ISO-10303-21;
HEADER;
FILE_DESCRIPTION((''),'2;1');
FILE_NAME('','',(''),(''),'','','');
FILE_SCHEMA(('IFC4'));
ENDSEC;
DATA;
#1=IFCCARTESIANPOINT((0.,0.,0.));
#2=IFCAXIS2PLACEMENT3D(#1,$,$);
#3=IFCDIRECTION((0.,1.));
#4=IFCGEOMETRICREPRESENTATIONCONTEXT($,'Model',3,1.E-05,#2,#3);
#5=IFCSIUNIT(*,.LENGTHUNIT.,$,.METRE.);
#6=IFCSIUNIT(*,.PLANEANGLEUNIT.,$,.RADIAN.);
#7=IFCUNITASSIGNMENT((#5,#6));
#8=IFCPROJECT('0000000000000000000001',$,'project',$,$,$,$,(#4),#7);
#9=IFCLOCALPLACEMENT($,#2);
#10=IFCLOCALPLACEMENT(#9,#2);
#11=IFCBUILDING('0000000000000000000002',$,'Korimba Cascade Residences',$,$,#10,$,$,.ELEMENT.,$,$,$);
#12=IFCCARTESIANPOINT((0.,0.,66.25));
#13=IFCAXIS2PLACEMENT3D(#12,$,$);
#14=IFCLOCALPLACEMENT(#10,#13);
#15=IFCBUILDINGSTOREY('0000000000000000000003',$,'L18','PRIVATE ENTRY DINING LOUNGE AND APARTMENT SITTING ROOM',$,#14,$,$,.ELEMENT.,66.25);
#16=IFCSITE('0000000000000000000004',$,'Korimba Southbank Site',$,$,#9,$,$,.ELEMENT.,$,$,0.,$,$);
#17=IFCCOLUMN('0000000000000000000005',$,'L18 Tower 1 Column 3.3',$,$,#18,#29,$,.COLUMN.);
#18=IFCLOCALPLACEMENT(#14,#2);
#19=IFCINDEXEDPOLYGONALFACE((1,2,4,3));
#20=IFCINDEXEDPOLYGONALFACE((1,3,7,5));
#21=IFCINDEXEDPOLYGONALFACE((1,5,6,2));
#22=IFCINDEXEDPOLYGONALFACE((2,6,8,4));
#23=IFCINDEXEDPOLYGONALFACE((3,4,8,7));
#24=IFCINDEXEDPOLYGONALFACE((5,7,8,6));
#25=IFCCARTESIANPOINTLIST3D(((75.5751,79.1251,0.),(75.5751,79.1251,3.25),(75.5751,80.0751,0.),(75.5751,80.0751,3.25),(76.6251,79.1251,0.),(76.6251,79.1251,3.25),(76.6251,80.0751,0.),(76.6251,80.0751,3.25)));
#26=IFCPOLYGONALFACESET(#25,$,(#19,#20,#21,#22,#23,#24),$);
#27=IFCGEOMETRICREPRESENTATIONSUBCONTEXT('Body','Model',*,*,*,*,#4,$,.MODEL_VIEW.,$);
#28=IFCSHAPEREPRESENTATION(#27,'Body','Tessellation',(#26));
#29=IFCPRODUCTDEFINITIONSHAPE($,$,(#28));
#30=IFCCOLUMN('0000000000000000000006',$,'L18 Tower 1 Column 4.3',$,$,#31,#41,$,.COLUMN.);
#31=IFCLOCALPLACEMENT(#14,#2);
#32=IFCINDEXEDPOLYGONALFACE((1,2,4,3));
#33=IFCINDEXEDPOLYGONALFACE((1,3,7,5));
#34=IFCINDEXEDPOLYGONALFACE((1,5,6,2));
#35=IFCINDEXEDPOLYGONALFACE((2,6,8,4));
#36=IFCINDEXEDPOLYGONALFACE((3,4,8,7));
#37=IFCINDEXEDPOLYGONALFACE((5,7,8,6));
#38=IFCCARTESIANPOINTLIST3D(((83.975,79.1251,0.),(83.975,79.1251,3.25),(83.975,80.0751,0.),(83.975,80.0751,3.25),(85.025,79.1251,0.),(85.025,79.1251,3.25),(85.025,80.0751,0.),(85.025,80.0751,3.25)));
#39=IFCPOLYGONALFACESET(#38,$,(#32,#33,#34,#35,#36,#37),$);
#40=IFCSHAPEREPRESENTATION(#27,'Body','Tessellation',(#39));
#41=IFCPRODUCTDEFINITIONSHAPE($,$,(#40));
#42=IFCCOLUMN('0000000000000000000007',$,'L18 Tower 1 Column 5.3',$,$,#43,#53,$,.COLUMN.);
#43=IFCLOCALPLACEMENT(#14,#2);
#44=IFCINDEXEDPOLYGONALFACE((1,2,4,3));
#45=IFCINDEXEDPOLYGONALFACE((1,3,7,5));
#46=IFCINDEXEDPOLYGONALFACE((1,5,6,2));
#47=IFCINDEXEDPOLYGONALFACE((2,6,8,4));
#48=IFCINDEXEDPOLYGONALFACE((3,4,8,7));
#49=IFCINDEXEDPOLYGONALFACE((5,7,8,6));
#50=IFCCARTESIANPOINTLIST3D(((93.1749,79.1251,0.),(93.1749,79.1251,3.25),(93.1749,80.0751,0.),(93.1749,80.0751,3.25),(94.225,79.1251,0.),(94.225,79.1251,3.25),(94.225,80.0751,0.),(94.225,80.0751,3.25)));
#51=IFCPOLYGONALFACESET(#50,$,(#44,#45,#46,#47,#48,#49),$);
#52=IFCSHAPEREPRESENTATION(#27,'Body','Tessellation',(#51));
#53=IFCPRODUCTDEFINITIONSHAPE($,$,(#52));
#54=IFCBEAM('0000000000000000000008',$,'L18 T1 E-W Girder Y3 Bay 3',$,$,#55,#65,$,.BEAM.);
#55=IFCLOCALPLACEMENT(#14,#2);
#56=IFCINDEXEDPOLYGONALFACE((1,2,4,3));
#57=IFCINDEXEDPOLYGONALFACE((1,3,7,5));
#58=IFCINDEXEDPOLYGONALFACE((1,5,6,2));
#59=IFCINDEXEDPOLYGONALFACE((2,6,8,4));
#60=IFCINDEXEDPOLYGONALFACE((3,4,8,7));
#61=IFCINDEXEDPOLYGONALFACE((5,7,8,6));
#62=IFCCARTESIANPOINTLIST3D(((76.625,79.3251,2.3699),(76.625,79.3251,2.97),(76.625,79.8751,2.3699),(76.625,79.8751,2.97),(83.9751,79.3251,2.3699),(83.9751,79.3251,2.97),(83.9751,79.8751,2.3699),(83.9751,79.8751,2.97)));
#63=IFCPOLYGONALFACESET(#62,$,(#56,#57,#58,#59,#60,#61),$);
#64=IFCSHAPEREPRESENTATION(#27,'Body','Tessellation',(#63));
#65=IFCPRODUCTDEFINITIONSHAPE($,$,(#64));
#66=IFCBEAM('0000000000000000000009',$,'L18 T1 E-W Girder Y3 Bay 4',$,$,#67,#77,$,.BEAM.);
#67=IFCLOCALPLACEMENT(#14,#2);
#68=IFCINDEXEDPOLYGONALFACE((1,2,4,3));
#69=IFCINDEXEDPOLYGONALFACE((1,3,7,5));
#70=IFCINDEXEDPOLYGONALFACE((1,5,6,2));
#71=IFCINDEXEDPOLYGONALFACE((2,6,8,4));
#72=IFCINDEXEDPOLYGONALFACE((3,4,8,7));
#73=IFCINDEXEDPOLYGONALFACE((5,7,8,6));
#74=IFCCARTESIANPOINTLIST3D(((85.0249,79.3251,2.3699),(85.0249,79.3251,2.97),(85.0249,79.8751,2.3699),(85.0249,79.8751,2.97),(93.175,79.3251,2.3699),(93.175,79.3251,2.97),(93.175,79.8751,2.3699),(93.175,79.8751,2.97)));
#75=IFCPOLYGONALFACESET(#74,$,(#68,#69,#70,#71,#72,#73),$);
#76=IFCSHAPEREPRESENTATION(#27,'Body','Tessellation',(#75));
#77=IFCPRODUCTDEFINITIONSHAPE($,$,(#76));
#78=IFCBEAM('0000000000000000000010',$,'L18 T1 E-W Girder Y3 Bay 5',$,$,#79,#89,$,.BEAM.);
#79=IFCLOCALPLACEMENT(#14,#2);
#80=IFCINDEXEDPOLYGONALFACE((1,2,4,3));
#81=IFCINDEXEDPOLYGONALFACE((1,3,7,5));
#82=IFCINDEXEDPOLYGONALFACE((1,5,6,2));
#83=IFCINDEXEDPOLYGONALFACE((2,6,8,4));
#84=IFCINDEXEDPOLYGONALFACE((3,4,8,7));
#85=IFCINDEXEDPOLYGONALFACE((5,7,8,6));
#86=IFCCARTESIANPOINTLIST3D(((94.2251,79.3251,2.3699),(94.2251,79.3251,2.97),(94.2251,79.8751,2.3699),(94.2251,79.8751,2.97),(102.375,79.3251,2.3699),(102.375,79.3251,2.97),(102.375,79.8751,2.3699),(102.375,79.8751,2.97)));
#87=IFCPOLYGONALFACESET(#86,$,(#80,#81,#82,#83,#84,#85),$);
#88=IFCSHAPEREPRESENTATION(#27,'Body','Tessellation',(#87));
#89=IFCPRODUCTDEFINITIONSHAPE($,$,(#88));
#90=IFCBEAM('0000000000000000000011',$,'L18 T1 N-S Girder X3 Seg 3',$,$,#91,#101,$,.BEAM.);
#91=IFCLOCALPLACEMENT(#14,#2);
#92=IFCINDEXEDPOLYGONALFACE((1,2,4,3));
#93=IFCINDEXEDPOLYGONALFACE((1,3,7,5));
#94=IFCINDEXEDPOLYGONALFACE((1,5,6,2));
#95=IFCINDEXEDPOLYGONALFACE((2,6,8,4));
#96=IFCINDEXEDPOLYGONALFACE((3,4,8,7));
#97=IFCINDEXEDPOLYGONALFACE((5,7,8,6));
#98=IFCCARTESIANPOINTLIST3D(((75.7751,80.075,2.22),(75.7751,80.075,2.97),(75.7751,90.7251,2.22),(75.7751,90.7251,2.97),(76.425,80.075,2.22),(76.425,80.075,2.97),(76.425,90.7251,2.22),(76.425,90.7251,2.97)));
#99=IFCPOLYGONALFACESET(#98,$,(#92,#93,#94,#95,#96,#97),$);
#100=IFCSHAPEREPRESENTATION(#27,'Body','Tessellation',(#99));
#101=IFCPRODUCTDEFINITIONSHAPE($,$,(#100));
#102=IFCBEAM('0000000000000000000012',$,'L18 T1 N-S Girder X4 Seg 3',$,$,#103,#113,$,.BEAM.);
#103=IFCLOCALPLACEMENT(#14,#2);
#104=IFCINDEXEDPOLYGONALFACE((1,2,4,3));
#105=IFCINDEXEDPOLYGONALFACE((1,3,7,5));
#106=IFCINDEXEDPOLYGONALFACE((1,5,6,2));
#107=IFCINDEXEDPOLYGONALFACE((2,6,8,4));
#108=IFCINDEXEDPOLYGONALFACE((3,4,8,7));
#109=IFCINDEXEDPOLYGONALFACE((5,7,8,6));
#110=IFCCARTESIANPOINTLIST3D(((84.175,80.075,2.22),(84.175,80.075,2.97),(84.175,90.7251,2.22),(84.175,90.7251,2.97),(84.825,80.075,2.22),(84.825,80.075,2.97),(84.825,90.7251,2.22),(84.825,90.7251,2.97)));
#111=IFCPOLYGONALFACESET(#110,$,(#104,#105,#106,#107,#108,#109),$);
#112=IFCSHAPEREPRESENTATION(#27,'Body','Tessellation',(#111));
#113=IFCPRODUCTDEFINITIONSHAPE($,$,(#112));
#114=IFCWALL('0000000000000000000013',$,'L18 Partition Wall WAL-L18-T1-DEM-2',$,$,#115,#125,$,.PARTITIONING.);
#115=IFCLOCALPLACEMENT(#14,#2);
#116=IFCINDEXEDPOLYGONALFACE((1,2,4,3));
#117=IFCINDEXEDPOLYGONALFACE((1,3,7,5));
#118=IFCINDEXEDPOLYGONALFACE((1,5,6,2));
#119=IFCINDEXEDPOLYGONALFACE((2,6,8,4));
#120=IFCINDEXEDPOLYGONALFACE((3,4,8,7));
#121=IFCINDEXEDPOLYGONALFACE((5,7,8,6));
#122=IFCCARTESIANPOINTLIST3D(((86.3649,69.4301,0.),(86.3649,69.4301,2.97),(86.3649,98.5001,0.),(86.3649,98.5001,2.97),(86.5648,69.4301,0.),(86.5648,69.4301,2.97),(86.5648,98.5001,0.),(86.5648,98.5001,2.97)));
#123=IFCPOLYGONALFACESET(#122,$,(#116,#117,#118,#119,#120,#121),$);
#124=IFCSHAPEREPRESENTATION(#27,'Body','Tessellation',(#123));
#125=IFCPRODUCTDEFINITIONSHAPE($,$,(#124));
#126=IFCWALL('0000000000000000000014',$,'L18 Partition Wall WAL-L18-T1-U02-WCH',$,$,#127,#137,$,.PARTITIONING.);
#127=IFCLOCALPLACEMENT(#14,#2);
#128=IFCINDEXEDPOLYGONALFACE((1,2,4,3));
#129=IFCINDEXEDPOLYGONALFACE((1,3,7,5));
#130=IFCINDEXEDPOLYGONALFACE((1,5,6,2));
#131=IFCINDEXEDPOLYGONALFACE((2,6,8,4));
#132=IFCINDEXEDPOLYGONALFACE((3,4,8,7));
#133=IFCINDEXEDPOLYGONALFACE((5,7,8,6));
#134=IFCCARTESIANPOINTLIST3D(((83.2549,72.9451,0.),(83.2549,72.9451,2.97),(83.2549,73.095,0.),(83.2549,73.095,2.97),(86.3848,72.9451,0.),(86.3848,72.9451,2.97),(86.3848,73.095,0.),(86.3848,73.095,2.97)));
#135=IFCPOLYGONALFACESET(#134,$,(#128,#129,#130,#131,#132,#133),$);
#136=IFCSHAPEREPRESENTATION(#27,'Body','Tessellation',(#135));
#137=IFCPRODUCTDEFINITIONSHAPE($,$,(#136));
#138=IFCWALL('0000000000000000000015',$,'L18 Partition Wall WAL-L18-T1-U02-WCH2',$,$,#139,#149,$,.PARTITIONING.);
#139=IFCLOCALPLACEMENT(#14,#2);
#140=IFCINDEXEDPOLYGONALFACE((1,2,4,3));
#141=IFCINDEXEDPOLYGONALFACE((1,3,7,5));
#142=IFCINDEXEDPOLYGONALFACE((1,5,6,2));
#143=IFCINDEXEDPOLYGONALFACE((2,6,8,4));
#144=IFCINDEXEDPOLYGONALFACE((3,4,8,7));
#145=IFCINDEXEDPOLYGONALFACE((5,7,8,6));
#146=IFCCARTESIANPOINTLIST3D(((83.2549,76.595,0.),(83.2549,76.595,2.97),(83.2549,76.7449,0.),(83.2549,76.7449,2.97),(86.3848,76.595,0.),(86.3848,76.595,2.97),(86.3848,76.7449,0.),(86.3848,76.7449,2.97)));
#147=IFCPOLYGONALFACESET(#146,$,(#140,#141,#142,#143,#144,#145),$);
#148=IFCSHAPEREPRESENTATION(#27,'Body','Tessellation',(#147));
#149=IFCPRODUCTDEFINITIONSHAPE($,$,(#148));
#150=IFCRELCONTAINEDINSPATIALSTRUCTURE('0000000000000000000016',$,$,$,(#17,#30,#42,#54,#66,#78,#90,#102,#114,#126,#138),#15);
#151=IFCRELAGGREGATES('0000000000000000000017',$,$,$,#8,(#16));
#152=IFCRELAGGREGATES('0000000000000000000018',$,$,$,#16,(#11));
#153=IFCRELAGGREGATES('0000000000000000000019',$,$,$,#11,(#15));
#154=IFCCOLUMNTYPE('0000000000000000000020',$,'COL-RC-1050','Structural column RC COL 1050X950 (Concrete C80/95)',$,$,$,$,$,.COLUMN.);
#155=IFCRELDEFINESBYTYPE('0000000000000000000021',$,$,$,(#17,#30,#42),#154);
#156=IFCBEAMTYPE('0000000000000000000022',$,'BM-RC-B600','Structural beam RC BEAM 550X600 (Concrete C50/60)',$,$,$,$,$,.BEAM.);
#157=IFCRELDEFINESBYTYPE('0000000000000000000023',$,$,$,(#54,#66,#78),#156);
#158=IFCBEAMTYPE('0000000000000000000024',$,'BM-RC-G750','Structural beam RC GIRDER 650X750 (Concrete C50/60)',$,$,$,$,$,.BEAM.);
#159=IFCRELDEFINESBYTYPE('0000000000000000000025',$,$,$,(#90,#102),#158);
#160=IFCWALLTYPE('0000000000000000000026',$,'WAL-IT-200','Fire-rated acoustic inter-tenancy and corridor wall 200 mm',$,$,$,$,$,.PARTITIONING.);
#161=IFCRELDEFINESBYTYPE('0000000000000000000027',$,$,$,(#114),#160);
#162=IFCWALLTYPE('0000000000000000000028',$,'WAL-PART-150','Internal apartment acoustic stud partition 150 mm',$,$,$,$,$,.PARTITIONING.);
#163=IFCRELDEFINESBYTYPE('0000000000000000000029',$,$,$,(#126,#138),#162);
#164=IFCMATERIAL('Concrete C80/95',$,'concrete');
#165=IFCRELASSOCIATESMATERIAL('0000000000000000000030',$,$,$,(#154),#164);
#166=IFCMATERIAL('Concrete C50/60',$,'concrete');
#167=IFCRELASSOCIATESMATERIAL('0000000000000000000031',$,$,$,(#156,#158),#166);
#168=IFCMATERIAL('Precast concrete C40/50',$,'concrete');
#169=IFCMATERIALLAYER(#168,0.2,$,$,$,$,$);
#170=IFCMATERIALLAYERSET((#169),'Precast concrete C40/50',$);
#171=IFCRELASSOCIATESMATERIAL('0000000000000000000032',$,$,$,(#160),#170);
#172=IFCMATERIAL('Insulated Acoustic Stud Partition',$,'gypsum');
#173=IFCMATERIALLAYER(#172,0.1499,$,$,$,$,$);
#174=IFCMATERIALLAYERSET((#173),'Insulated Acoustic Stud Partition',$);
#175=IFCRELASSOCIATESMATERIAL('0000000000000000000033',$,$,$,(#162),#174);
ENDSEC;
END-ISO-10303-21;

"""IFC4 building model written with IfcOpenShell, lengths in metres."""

from ifc_helpers import new_model, si_unit, direction, frame, frame_2d, origin, origin_2d, place, context, subcontext, project, spatial, rectangle, extrude, material, layer, layer_set, material_profile, profile_set, type_object, element, save


model = new_model("IFC4")

# Units and contexts
model_context = context("Model", 3, precision=1e-05, world=origin(), true_north=direction((0.0, 1.0)))
body_context = subcontext(model_context, "Body", "Model", "MODEL_VIEW")
ifc_project = project(units=[si_unit("LENGTHUNIT", "METRE"), si_unit("PLANEANGLEUNIT", "RADIAN")], contexts=[model_context])

# Site, building, storey
site_placement = place(None, origin())
site = spatial("IfcSite", under=ifc_project, at=site_placement, Name="Korimba Southbank Site", CompositionType="ELEMENT", RefElevation=0.0)
building_placement = place(site_placement, origin())
building = spatial("IfcBuilding", under=site, at=building_placement, Name="Korimba Cascade Residences", CompositionType="ELEMENT")
storey_placement = place(building_placement, frame((0.0, 0.0, 66.25)))
storey = spatial("IfcBuildingStorey", under=building, at=storey_placement, Name="L18", Description="PRIVATE ENTRY DINING LOUNGE AND APARTMENT SITTING ROOM", CompositionType="ELEMENT", Elevation=66.25)

# Columns
ifc_material_1 = material(Name="Concrete C80/95", Category="concrete")
ifc_material_profile_1 = material_profile(ifc_material_1, rectangle(XDim=1.05, YDim=0.95, at=origin_2d()), Name="Concrete C80/95")
ifc_profile_set_1 = profile_set([ifc_material_profile_1], Name="Concrete C80/95")
column_type = type_object("IfcColumnType", Name="COL-RC-1050", Description="Structural column RC COL 1050X950 (Concrete C80/95)", PredefinedType="COLUMN", material=ifc_profile_set_1)
for number, where, z_axis, x_axis, name in (
    (1, (76.1001, 79.6001, 0.0), (0.0, 0.0, 1.0), (1.0, 0.0, 0.0), "L18 Tower 1 Column 3.3"),
    (2, (84.5, 79.6001, 0.0), (0.0, 0.0, 1.0), (1.0, 0.0, 0.0), "L18 Tower 1 Column 4.3"),
    (3, (93.7, 79.6001, 0.0), (0.0, 0.0, 1.0), (1.0, 0.0, 0.0), "L18 Tower 1 Column 5.3"),
):
    element("IfcColumn", number, at=place(storey_placement, frame(where, z_axis=z_axis, x_axis=x_axis)), inside=storey, type_object=column_type, Name=name, PredefinedType="COLUMN", context=body_context, shape_type="SweptSolid", body=[
        extrude(rectangle(XDim=1.05, YDim=0.95, at=origin_2d()), origin(), (0.0, 0.0, 1.0), 3.25),
    ])

# Beams
ifc_material_2 = material(Name="Concrete C50/60", Category="concrete")
ifc_material_profile_2 = material_profile(ifc_material_2, rectangle(XDim=0.55, YDim=0.6001, at=origin_2d()), Name="Concrete C50/60")
ifc_profile_set_2 = profile_set([ifc_material_profile_2], Name="Concrete C50/60")
beam_type_1 = type_object("IfcBeamType", Name="BM-RC-B600", Description="Structural beam RC BEAM 550X600 (Concrete C50/60)", PredefinedType="BEAM", material=ifc_profile_set_2)
beam_1_placement = place(storey_placement, frame((76.625, 79.6001, 2.6699), z_axis=(1.0, 0.0, 0.0), x_axis=(0.0, 1.0, 0.0)))
element("IfcBeam", 4, at=beam_1_placement, inside=storey, type_object=beam_type_1, Name="L18 T1 E-W Girder Y3 Bay 3", PredefinedType="BEAM", context=body_context, shape_type="SweptSolid", body=[
    extrude(rectangle(XDim=0.55, YDim=0.6001, at=origin_2d()), origin(), (0.0, 0.0, 1.0), 7.3501),
])
beam_2_placement = place(storey_placement, frame((85.0249, 79.6001, 2.6699), z_axis=(1.0, 0.0, 0.0), x_axis=(0.0, 1.0, 0.0)))
element("IfcBeam", 5, at=beam_2_placement, inside=storey, type_object=beam_type_1, Name="L18 T1 E-W Girder Y3 Bay 4", PredefinedType="BEAM", context=body_context, shape_type="SweptSolid", body=[
    extrude(rectangle(XDim=0.55, YDim=0.6001, at=origin_2d()), origin(), (0.0, 0.0, 1.0), 8.1501),
])
beam_3_placement = place(storey_placement, frame((94.2251, 79.6001, 2.6699), z_axis=(1.0, 0.0, 0.0), x_axis=(0.0, 1.0, 0.0)))
element("IfcBeam", 6, at=beam_3_placement, inside=storey, type_object=beam_type_1, Name="L18 T1 E-W Girder Y3 Bay 5", PredefinedType="BEAM", context=body_context, shape_type="SweptSolid", body=[
    extrude(rectangle(XDim=0.55, YDim=0.6001, at=origin_2d()), origin(), (0.0, 0.0, 1.0), 8.1499),
])
ifc_material_profile_3 = material_profile(ifc_material_2, rectangle(XDim=0.6499, YDim=0.75, at=origin_2d()), Name="Concrete C50/60")
ifc_profile_set_3 = profile_set([ifc_material_profile_3], Name="Concrete C50/60")
beam_type_2 = type_object("IfcBeamType", Name="BM-RC-G750", Description="Structural beam RC GIRDER 650X750 (Concrete C50/60)", PredefinedType="BEAM", material=ifc_profile_set_3)
for number, where, z_axis, x_axis, name in (
    (7, (76.1001, 80.075, 2.595), (0.0, 1.0, 0.0), (-1.0, 0.0, 0.0), "L18 T1 N-S Girder X3 Seg 3"),
    (8, (84.5, 80.075, 2.595), (0.0, 1.0, 0.0), (-1.0, 0.0, 0.0), "L18 T1 N-S Girder X4 Seg 3"),
):
    element("IfcBeam", number, at=place(storey_placement, frame(where, z_axis=z_axis, x_axis=x_axis)), inside=storey, type_object=beam_type_2, Name=name, PredefinedType="BEAM", context=body_context, shape_type="SweptSolid", body=[
        extrude(rectangle(XDim=0.6499, YDim=0.75, at=origin_2d()), origin(), (0.0, 0.0, 1.0), 10.6501),
    ])

# Walls
ifc_material_3 = material(Name="Precast concrete C40/50", Category="concrete")
ifc_layer_1 = layer(ifc_material_3, 0.2)
ifc_layer_set_1 = layer_set([ifc_layer_1], Name="Precast concrete C40/50")
wall_type_1 = type_object("IfcWallType", Name="WAL-IT-200", Description="Fire-rated acoustic inter-tenancy and corridor wall 200 mm", PredefinedType="PARTITIONING", material=ifc_layer_set_1)
wall_1_placement = place(storey_placement, frame((86.4648, 69.4299, 0.0), z_axis=(0.0, 0.0, 1.0), x_axis=(0.0, 1.0, 0.0)))
element("IfcWall", 9, at=wall_1_placement, inside=storey, type_object=wall_type_1, Name="L18 Partition Wall WAL-L18-T1-DEM-2", PredefinedType="PARTITIONING", context=body_context, shape_type="SweptSolid", body=[
    extrude(rectangle(XDim=29.0701, YDim=0.2, at=frame_2d((14.5352, 0.0))), origin(), (0.0, 0.0, 1.0), 2.97),
])
ifc_material_4 = material(Name="Insulated Acoustic Stud Partition", Category="gypsum")
ifc_layer_2 = layer(ifc_material_4, 0.1499)
ifc_layer_set_2 = layer_set([ifc_layer_2], Name="Insulated Acoustic Stud Partition")
wall_type_2 = type_object("IfcWallType", Name="WAL-PART-150", Description="Internal apartment acoustic stud partition 150 mm", PredefinedType="PARTITIONING", material=ifc_layer_set_2)
for number, where, z_axis, x_axis, name in (
    (10, (83.2549, 73.02, 0.0), (0.0, 0.0, 1.0), (1.0, 0.0, 0.0), "L18 Partition Wall WAL-L18-T1-U02-WCH"),
    (11, (83.2549, 76.6699, 0.0), (0.0, 0.0, 1.0), (1.0, 0.0, 0.0), "L18 Partition Wall WAL-L18-T1-U02-WCH2"),
):
    element("IfcWall", number, at=place(storey_placement, frame(where, z_axis=z_axis, x_axis=x_axis)), inside=storey, type_object=wall_type_2, Name=name, PredefinedType="PARTITIONING", context=body_context, shape_type="SweptSolid", body=[
        extrude(rectangle(XDim=3.1299, YDim=0.1499, at=frame_2d((1.5649, 0.0))), origin(), (0.0, 0.0, 1.0), 2.97),
    ])

save(model, "model.ifc")
